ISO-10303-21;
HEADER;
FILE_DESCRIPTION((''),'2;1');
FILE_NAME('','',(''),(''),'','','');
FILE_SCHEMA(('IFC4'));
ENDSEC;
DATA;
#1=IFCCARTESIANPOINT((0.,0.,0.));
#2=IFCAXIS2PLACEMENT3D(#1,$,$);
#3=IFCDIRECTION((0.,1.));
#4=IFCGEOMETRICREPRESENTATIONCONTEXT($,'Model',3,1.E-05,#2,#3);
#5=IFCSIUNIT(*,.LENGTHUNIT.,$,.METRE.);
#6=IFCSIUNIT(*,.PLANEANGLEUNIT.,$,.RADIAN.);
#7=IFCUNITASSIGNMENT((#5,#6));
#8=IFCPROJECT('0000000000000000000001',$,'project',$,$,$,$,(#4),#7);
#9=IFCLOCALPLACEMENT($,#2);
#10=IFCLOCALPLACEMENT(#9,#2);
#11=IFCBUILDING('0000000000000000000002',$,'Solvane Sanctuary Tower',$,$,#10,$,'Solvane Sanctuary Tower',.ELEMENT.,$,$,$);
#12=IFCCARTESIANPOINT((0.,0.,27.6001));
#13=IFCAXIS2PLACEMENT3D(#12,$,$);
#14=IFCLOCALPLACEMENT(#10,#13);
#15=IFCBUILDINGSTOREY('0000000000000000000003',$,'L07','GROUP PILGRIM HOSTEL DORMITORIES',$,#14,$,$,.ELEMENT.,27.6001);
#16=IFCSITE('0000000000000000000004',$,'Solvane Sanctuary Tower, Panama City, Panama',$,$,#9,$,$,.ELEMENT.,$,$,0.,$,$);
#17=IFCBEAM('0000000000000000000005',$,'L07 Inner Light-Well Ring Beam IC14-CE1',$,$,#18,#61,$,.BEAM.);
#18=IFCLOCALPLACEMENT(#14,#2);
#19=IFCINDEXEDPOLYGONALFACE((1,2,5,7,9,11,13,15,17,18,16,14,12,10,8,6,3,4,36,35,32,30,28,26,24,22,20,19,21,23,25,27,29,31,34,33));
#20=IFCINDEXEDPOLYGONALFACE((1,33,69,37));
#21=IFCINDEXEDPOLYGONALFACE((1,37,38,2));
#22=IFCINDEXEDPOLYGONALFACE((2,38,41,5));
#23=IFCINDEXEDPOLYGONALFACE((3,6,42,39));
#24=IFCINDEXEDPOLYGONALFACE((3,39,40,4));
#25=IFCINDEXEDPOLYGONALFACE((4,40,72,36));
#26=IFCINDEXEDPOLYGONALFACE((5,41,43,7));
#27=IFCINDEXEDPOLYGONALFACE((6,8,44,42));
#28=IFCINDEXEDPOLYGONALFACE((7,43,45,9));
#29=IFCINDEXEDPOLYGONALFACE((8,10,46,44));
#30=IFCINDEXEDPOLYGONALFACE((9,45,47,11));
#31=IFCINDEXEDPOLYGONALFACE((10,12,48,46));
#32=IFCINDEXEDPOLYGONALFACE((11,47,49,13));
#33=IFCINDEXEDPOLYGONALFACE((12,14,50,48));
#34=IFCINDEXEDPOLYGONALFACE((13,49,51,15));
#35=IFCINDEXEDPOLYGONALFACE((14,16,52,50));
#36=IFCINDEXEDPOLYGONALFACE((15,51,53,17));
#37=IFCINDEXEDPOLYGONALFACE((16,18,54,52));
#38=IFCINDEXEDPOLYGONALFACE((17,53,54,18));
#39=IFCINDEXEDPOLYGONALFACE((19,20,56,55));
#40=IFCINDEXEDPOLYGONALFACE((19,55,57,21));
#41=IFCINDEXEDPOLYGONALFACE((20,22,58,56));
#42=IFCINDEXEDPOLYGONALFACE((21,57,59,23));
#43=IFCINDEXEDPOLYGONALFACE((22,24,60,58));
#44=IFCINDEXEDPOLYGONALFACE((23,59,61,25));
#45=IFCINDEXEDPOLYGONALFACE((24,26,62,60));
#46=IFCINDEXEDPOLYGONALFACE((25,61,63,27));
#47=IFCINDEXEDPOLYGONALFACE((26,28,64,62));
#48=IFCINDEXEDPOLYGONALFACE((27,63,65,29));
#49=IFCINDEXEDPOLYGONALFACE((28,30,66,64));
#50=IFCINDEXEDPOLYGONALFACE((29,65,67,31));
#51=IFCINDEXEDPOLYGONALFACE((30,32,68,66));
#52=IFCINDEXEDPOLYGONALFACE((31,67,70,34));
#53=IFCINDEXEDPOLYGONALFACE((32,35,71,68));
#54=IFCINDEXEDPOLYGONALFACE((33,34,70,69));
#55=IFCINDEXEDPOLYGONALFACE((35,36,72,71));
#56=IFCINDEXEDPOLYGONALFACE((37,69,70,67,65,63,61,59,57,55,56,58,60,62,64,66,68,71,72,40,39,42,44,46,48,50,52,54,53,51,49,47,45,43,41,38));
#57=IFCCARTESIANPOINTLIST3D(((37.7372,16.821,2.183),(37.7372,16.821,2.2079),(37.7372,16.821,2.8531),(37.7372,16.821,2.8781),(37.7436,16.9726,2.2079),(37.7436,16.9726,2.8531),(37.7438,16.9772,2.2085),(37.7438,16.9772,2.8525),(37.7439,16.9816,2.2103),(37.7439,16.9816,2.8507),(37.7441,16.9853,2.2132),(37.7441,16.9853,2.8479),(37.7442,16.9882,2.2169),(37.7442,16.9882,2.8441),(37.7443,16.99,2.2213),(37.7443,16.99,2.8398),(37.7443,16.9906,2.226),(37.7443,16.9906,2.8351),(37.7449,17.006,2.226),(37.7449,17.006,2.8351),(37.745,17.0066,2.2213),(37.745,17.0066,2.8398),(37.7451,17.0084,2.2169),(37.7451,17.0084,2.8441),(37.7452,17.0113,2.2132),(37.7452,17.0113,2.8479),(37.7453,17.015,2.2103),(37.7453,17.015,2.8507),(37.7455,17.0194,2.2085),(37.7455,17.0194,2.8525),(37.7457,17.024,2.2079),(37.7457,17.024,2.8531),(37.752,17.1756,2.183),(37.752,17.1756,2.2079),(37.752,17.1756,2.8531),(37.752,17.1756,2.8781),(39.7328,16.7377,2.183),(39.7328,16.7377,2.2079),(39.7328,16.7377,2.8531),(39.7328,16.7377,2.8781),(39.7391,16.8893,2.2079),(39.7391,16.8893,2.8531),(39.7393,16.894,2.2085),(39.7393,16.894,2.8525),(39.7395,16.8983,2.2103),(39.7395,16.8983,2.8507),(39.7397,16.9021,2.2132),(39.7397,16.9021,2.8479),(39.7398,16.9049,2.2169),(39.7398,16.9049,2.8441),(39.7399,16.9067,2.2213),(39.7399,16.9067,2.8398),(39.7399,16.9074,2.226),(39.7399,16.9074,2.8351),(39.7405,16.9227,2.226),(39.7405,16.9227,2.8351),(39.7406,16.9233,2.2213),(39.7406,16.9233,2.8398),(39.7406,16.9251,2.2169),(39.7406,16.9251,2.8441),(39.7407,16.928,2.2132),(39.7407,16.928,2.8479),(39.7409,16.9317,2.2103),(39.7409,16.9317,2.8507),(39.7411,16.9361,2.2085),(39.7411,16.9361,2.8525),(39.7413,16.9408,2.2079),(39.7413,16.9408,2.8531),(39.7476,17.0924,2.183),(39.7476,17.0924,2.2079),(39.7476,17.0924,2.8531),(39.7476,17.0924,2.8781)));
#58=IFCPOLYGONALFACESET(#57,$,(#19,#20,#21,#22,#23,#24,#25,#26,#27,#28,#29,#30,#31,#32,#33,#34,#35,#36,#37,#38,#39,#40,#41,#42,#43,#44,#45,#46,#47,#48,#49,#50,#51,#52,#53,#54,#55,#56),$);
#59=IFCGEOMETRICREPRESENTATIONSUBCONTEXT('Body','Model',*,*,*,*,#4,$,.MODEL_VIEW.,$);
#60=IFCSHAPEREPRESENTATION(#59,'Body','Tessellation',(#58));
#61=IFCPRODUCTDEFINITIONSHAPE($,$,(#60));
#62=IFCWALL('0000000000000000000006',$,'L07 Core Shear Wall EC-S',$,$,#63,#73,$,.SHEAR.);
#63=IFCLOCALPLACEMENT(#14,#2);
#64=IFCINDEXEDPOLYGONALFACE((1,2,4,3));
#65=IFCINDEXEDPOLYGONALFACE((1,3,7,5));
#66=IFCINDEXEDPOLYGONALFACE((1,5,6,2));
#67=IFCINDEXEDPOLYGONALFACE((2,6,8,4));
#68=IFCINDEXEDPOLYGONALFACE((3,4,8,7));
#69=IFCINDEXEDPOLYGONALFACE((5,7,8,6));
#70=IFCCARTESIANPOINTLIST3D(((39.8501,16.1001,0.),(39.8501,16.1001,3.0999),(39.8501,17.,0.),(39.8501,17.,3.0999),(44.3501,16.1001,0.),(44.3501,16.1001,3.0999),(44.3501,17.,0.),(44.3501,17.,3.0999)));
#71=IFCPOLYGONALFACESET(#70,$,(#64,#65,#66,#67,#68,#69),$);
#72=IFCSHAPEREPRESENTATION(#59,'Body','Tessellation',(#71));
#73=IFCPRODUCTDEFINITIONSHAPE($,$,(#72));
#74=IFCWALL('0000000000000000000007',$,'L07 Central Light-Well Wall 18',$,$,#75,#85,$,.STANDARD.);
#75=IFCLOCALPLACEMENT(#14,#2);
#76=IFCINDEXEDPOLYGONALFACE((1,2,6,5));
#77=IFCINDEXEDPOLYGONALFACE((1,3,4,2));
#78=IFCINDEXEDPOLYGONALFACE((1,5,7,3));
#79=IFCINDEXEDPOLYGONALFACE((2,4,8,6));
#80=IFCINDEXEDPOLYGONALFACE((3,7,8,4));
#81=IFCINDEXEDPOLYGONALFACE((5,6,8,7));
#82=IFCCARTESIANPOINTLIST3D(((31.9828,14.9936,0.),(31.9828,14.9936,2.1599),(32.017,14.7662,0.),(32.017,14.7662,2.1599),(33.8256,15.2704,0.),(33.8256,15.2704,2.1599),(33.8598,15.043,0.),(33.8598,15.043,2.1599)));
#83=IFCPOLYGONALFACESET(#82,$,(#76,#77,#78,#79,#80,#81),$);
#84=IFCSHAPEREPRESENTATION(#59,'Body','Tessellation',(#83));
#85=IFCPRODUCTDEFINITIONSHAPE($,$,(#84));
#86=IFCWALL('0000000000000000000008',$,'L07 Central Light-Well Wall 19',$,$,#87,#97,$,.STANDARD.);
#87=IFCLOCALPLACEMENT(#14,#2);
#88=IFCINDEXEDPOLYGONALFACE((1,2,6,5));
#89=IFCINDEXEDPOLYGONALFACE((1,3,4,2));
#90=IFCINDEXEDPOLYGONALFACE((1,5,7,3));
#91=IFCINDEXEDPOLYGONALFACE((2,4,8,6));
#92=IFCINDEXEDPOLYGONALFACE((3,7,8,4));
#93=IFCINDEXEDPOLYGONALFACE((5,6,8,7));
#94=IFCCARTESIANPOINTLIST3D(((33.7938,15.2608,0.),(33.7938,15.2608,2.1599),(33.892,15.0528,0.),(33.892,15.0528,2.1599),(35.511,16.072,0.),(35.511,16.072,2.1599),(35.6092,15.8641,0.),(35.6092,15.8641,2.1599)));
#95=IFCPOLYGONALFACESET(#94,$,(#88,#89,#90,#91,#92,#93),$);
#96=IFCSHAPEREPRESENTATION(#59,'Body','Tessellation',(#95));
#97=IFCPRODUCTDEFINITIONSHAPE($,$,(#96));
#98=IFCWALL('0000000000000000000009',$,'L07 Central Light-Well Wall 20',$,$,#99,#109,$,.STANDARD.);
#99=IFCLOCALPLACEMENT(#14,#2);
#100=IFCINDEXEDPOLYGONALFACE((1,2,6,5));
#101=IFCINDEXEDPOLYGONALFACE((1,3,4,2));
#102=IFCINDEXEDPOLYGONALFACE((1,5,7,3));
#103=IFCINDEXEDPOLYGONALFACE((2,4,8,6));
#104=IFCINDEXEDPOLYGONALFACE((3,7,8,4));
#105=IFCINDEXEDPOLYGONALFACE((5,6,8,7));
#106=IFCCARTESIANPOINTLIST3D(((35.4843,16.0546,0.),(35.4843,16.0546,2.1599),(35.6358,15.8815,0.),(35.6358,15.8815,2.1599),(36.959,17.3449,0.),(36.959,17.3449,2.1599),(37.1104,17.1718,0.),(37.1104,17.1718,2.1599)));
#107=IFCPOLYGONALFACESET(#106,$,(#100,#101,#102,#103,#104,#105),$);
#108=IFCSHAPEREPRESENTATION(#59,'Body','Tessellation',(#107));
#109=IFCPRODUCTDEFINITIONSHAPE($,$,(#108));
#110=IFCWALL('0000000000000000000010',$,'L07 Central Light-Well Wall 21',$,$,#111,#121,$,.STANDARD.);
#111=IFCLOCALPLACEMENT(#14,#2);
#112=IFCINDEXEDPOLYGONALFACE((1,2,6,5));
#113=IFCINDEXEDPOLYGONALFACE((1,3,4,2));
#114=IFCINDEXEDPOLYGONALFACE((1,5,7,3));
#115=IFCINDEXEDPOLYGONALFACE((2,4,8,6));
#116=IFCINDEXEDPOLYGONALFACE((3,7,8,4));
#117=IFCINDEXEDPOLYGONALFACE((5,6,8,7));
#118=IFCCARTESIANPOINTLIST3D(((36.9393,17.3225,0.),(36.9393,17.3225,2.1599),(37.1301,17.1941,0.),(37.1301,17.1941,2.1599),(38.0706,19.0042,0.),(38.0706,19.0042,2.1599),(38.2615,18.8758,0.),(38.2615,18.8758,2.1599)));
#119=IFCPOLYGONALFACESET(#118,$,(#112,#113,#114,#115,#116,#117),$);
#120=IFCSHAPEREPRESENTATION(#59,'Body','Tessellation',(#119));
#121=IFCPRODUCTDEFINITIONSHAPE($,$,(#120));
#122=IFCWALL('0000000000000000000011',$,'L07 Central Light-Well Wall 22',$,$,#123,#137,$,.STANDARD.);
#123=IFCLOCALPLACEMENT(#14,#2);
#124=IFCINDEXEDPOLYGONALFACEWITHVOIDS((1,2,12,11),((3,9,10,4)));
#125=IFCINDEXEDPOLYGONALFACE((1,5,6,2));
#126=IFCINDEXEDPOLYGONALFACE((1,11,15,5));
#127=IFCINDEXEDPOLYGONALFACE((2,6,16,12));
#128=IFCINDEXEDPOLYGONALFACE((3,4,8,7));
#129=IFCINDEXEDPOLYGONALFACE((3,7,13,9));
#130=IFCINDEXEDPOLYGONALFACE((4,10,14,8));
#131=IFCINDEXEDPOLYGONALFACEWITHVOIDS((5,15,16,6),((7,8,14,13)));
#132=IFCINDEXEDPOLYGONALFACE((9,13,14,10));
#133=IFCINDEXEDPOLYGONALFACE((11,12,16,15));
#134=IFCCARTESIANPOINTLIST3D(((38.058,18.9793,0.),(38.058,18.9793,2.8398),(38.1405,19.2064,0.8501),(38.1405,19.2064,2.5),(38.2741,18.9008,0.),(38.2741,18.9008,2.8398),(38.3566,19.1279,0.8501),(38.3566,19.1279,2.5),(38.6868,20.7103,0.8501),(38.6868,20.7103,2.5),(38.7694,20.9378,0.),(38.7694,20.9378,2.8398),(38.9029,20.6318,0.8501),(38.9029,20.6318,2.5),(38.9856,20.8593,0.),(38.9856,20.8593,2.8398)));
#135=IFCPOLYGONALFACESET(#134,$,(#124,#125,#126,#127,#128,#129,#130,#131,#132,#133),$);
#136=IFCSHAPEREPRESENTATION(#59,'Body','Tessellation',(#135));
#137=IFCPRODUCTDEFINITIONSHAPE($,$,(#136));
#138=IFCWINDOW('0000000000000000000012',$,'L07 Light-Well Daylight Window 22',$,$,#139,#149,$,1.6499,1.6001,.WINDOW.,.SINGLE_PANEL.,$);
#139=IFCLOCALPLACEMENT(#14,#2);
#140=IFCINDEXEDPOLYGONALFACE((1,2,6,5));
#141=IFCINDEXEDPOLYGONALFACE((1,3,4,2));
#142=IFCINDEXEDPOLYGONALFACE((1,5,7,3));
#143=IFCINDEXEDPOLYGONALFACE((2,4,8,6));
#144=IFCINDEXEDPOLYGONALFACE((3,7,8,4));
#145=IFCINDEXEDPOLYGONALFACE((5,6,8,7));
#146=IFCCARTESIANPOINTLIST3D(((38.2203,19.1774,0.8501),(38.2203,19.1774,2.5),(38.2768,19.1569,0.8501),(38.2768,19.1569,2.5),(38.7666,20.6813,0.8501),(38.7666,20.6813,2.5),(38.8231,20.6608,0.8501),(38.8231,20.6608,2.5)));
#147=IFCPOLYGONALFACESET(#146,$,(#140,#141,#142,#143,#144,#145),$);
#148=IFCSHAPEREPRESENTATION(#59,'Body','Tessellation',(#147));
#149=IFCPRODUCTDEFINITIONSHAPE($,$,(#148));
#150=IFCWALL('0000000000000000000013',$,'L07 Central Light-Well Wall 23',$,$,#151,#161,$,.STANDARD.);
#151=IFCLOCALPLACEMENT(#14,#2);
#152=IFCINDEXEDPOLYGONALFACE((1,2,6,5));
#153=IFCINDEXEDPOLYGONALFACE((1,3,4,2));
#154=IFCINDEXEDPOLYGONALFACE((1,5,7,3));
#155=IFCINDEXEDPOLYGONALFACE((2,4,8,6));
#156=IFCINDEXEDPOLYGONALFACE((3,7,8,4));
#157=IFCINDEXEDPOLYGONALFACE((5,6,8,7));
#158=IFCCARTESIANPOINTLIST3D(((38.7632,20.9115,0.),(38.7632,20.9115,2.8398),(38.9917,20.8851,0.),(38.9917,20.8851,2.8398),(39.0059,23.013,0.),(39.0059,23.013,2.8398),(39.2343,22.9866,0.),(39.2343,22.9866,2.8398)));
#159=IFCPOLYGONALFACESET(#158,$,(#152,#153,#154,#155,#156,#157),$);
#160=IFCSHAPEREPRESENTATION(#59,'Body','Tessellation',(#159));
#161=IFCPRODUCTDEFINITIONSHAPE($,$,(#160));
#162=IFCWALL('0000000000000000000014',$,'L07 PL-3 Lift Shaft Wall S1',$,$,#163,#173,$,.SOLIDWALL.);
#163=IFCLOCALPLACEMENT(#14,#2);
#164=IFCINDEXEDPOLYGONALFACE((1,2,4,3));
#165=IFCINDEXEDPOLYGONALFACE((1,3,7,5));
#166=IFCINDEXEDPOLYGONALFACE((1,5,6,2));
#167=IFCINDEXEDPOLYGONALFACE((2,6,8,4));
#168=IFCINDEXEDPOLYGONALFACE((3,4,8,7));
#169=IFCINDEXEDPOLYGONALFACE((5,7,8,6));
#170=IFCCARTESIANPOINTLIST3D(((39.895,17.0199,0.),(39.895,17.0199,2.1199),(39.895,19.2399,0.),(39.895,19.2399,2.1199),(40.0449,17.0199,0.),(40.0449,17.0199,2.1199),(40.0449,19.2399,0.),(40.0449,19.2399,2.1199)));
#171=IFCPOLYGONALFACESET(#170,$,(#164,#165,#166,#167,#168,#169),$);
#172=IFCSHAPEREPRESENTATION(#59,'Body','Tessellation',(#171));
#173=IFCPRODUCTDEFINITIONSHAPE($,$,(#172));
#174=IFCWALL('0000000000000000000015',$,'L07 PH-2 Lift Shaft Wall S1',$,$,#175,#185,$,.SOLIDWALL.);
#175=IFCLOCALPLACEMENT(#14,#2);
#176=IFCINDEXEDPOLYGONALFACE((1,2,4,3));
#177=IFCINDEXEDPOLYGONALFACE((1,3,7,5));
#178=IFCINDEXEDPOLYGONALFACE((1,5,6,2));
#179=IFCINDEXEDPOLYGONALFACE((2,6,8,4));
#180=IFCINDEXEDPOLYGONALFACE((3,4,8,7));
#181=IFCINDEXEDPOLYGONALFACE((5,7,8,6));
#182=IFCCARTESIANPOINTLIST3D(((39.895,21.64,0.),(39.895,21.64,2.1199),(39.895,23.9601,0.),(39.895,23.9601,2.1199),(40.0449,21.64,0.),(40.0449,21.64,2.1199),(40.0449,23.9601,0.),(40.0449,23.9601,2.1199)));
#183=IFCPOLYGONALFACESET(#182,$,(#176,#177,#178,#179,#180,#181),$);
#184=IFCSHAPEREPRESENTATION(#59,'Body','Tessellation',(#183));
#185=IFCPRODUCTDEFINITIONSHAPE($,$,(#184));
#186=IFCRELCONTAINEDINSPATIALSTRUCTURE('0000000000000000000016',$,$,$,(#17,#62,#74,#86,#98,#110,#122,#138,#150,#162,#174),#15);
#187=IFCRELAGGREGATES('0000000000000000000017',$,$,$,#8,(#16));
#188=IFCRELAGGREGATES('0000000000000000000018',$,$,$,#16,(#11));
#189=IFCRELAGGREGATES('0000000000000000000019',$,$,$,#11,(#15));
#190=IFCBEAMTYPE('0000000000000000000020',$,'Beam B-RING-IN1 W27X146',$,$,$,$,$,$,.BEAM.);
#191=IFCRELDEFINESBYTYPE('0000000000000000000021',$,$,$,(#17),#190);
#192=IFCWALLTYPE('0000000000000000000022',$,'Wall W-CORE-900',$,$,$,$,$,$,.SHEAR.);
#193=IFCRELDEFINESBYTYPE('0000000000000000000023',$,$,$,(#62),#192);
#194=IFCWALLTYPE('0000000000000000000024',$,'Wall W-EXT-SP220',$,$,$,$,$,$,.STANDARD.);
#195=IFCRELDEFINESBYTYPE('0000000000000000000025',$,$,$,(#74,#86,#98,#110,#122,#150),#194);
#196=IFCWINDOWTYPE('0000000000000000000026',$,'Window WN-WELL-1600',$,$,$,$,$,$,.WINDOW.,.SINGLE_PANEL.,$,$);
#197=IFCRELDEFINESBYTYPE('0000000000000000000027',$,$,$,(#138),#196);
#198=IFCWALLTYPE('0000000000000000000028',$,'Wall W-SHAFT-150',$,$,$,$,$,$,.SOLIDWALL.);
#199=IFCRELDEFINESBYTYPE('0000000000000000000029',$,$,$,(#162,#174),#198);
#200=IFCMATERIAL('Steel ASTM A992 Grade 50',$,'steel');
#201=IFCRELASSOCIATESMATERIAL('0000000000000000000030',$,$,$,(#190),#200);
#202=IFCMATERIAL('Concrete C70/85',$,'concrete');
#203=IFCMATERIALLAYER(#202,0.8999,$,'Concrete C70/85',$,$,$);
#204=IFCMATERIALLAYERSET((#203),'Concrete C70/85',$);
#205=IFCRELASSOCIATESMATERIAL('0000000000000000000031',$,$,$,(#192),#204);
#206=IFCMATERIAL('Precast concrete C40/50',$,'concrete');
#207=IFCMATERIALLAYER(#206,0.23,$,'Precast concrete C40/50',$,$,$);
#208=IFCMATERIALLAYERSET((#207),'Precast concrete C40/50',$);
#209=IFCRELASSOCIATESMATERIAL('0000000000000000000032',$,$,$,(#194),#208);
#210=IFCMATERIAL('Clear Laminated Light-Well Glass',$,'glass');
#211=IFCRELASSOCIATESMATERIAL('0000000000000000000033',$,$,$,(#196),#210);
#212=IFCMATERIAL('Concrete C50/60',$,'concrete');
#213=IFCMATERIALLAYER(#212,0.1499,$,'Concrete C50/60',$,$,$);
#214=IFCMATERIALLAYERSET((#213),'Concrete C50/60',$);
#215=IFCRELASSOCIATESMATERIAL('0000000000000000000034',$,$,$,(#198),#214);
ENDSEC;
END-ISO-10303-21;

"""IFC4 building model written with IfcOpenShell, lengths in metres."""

from ifc_helpers import new_model, si_unit, direction, frame, frame_2d, origin, origin_2d, place, context, subcontext, project, spatial, rectangle, i_section, extrude, material, layer, layer_set, material_profile, profile_set, type_object, element, fill, save


model = new_model("IFC4")

# Units and contexts
model_context = context("Model", 3, precision=1e-05, world=origin(), true_north=direction((0.0, 1.0)))
body_context = subcontext(model_context, "Body", "Model", "MODEL_VIEW")
ifc_project = project(units=[si_unit("LENGTHUNIT", "METRE"), si_unit("PLANEANGLEUNIT", "RADIAN")], contexts=[model_context])

# Site, building, storey
site_placement = place(None, origin())
site = spatial("IfcSite", under=ifc_project, at=site_placement, Name="Solvane Sanctuary Tower, Panama City, Panama", CompositionType="ELEMENT", RefElevation=0.0)
building_placement = place(site_placement, origin())
building = spatial("IfcBuilding", under=site, at=building_placement, Name="Solvane Sanctuary Tower", LongName="Solvane Sanctuary Tower", CompositionType="ELEMENT")
storey_placement = place(building_placement, frame((0.0, 0.0, 27.6001)))
storey = spatial("IfcBuildingStorey", under=building, at=storey_placement, Name="L07", Description="GROUP PILGRIM HOSTEL DORMITORIES", CompositionType="ELEMENT", Elevation=27.6001)

# Shared definitions
ifc_material_1 = material(Name="Concrete C70/85", Category="concrete")

# Beam
ifc_material_2 = material(Name="Steel ASTM A992 Grade 50", Category="steel")
ifc_material_profile_1 = material_profile(ifc_material_2, i_section(OverallWidth=0.355, OverallDepth=0.6951, WebThickness=0.0154, FlangeThickness=0.0249, FilletRadius=0.0181, at=origin_2d()), Name="W27X146")
ifc_profile_set_1 = profile_set([ifc_material_profile_1], Name="Steel ASTM A992 Grade 50")
beam_type_1 = type_object("IfcBeamType", Name="Beam B-RING-IN1 W27X146", PredefinedType="BEAM", material=ifc_profile_set_1)
beam_1_placement = place(storey_placement, frame((37.7446, 16.9983, 2.5305), z_axis=(0.999131, -0.041681, 0.0), x_axis=(0.041681, 0.999131, 0.0)))
element("IfcBeam", 1, at=beam_1_placement, inside=storey, type_object=beam_type_1, Name="L07 Inner Light-Well Ring Beam IC14-CE1", PredefinedType="BEAM", context=body_context, shape_type="SweptSolid", body=[
    extrude(i_section(OverallWidth=0.355, OverallDepth=0.6951, WebThickness=0.0154, FlangeThickness=0.0249, FilletRadius=0.0181, at=origin_2d()), origin(), (0.0, 0.0, 1.0), 1.9973),
])

# Walls
ifc_layer_1 = layer(ifc_material_1, 0.8999, Name="Concrete C70/85")
ifc_layer_set_1 = layer_set([ifc_layer_1], Name="Concrete C70/85")
wall_type_1 = type_object("IfcWallType", Name="Wall W-CORE-900", PredefinedType="SHEAR", material=ifc_layer_set_1)
wall_1_placement = place(storey_placement, frame((39.8501, 16.55, 0.0), z_axis=(0.0, 0.0, 1.0), x_axis=(1.0, 0.0, 0.0)))
element("IfcWall", 2, at=wall_1_placement, inside=storey, type_object=wall_type_1, Name="L07 Core Shear Wall EC-S", PredefinedType="SHEAR", context=body_context, shape_type="SweptSolid", body=[
    extrude(rectangle(XDim=4.5, YDim=0.8999, at=frame_2d((2.25, 0.0))), origin(), (0.0, 0.0, 1.0), 3.0999),
])
ifc_material_3 = material(Name="Precast concrete C40/50", Category="concrete")
ifc_layer_2 = layer(ifc_material_3, 0.23, Name="Precast concrete C40/50")
ifc_layer_set_2 = layer_set([ifc_layer_2], Name="Precast concrete C40/50")
wall_type_2 = type_object("IfcWallType", Name="Wall W-EXT-SP220", PredefinedType="STANDARD", material=ifc_layer_set_2)
wall_2_placement = place(storey_placement, frame((32.0, 14.8799, 0.0), z_axis=(0.0, 0.0, 1.0), x_axis=(0.988902, 0.148571, 0.0)))
element("IfcWall", 3, at=wall_2_placement, inside=storey, type_object=wall_type_2, Name="L07 Central Light-Well Wall 18", PredefinedType="STANDARD", context=body_context, shape_type="SweptSolid", body=[
    extrude(rectangle(XDim=1.8635, YDim=0.23, at=frame_2d((0.9316, 0.0))), origin(), (0.0, 0.0, 1.0), 2.1599),
])
wall_3_placement = place(storey_placement, frame((33.8428, 15.1567, 0.0), z_axis=(0.0, 0.0, 1.0), x_axis=(0.90418, 0.427152, 0.0)))
element("IfcWall", 4, at=wall_3_placement, inside=storey, type_object=wall_type_2, Name="L07 Central Light-Well Wall 19", PredefinedType="STANDARD", context=body_context, shape_type="SweptSolid", body=[
    extrude(rectangle(XDim=1.8992, YDim=0.23, at=frame_2d((0.9497, 0.0))), origin(), (0.0, 0.0, 1.0), 2.1599),
])
wall_4_placement = place(storey_placement, frame((35.5601, 15.968, 0.0), z_axis=(0.0, 0.0, 1.0), x_axis=(0.752577, 0.658505, 0.0)))
element("IfcWall", 5, at=wall_4_placement, inside=storey, type_object=wall_type_2, Name="L07 Central Light-Well Wall 20", PredefinedType="STANDARD", context=body_context, shape_type="SweptSolid", body=[
    extrude(rectangle(XDim=1.9595, YDim=0.23, at=frame_2d((0.9797, 0.0))), origin(), (0.0, 0.0, 1.0), 2.1599),
])
wall_5_placement = place(storey_placement, frame((37.0347, 17.2583, 0.0), z_axis=(0.0, 0.0, 1.0), x_axis=(0.558198, 0.829708, 0.0)))
element("IfcWall", 6, at=wall_5_placement, inside=storey, type_object=wall_type_2, Name="L07 Central Light-Well Wall 21", PredefinedType="STANDARD", context=body_context, shape_type="SweptSolid", body=[
    extrude(rectangle(XDim=2.0269, YDim=0.23, at=frame_2d((1.0134, 0.0))), origin(), (0.0, 0.0, 1.0), 2.1599),
])

# Wall, opening, window
wall_6_placement = place(storey_placement, frame((38.166, 18.9399, 0.0), z_axis=(0.0, 0.0, 1.0), x_axis=(0.341423, 0.93991, 0.0)))
wall_6 = element("IfcWall", 7, at=wall_6_placement, inside=storey, type_object=wall_type_2, Name="L07 Central Light-Well Wall 22", PredefinedType="STANDARD", context=body_context, shape_type="SweptSolid", body=[
    extrude(rectangle(XDim=2.0837, YDim=0.23, at=frame_2d((1.042, 0.0))), origin(), (0.0, 0.0, 1.0), 2.8398),
])
opening_placement = place(wall_6_placement, frame((0.2417, 0.0, 0.8501)))
opening = element("IfcOpeningElement", 8, at=opening_placement, cuts=wall_6, PredefinedType="OPENING", context=body_context, shape_type="SweptSolid", body=[
    extrude(rectangle(XDim=1.6001, YDim=1.6499, at=frame_2d((0.8, 0.825))), frame((0.0, 0.125, 0.0), z_axis=(0.0, -1.0, 0.0), x_axis=(1.0, 0.0, 0.0)), (0.0, 0.0, 1.0), 0.25),
])
ifc_material_4 = material(Name="Clear Laminated Light-Well Glass", Category="glass")
window_type = type_object("IfcWindowType", Name="Window WN-WELL-1600", PartitioningType="SINGLE_PANEL", PredefinedType="WINDOW", material=ifc_material_4)
window_placement = place(opening_placement, origin())
window = element("IfcWindow", 9, at=window_placement, inside=storey, type_object=window_type, Name="L07 Light-Well Daylight Window 22", OverallHeight=1.6499, OverallWidth=1.6001, PartitioningType="SINGLE_PANEL", PredefinedType="WINDOW", context=body_context, shape_type="SweptSolid", body=[
    extrude(rectangle(XDim=1.6001, YDim=1.6499, at=frame_2d((0.8, 0.825))), frame((0.0, 0.03, 0.0), z_axis=(0.0, -1.0, 0.0), x_axis=(1.0, 0.0, 0.0)), (0.0, 0.0, 1.0), 0.0601),
])
fill(opening, window)

# Walls
wall_7_placement = place(storey_placement, frame((38.8774, 20.8984, 0.0), z_axis=(0.0, 0.0, 1.0), x_axis=(0.114712, 0.993399, 0.0)))
element("IfcWall", 10, at=wall_7_placement, inside=storey, type_object=wall_type_2, Name="L07 Central Light-Well Wall 23", PredefinedType="STANDARD", context=body_context, shape_type="SweptSolid", body=[
    extrude(rectangle(XDim=2.1155, YDim=0.23, at=frame_2d((1.0576, 0.0))), origin(), (0.0, 0.0, 1.0), 2.8398),
])
ifc_material_5 = material(Name="Concrete C50/60", Category="concrete")
ifc_layer_3 = layer(ifc_material_5, 0.1499, Name="Concrete C50/60")
ifc_layer_set_3 = layer_set([ifc_layer_3], Name="Concrete C50/60")
wall_type_3 = type_object("IfcWallType", Name="Wall W-SHAFT-150", PredefinedType="SOLIDWALL", material=ifc_layer_set_3)
wall_8_placement = place(storey_placement, frame((39.97, 17.02, 0.0), z_axis=(0.0, 0.0, 1.0), x_axis=(0.0, 1.0, 0.0)))
element("IfcWall", 11, at=wall_8_placement, inside=storey, type_object=wall_type_3, Name="L07 PL-3 Lift Shaft Wall S1", PredefinedType="SOLIDWALL", context=body_context, shape_type="SweptSolid", body=[
    extrude(rectangle(XDim=2.22, YDim=0.1499, at=frame_2d((1.1099, 0.0))), origin(), (0.0, 0.0, 1.0), 2.1199),
])
wall_9_placement = place(storey_placement, frame((39.97, 21.6399, 0.0), z_axis=(0.0, 0.0, 1.0), x_axis=(0.0, 1.0, 0.0)))
element("IfcWall", 12, at=wall_9_placement, inside=storey, type_object=wall_type_3, Name="L07 PH-2 Lift Shaft Wall S1", PredefinedType="SOLIDWALL", context=body_context, shape_type="SweptSolid", body=[
    extrude(rectangle(XDim=2.3201, YDim=0.1499, at=frame_2d((1.1602, 0.0))), origin(), (0.0, 0.0, 1.0), 2.1199),
])

save(model, "model.ifc")
